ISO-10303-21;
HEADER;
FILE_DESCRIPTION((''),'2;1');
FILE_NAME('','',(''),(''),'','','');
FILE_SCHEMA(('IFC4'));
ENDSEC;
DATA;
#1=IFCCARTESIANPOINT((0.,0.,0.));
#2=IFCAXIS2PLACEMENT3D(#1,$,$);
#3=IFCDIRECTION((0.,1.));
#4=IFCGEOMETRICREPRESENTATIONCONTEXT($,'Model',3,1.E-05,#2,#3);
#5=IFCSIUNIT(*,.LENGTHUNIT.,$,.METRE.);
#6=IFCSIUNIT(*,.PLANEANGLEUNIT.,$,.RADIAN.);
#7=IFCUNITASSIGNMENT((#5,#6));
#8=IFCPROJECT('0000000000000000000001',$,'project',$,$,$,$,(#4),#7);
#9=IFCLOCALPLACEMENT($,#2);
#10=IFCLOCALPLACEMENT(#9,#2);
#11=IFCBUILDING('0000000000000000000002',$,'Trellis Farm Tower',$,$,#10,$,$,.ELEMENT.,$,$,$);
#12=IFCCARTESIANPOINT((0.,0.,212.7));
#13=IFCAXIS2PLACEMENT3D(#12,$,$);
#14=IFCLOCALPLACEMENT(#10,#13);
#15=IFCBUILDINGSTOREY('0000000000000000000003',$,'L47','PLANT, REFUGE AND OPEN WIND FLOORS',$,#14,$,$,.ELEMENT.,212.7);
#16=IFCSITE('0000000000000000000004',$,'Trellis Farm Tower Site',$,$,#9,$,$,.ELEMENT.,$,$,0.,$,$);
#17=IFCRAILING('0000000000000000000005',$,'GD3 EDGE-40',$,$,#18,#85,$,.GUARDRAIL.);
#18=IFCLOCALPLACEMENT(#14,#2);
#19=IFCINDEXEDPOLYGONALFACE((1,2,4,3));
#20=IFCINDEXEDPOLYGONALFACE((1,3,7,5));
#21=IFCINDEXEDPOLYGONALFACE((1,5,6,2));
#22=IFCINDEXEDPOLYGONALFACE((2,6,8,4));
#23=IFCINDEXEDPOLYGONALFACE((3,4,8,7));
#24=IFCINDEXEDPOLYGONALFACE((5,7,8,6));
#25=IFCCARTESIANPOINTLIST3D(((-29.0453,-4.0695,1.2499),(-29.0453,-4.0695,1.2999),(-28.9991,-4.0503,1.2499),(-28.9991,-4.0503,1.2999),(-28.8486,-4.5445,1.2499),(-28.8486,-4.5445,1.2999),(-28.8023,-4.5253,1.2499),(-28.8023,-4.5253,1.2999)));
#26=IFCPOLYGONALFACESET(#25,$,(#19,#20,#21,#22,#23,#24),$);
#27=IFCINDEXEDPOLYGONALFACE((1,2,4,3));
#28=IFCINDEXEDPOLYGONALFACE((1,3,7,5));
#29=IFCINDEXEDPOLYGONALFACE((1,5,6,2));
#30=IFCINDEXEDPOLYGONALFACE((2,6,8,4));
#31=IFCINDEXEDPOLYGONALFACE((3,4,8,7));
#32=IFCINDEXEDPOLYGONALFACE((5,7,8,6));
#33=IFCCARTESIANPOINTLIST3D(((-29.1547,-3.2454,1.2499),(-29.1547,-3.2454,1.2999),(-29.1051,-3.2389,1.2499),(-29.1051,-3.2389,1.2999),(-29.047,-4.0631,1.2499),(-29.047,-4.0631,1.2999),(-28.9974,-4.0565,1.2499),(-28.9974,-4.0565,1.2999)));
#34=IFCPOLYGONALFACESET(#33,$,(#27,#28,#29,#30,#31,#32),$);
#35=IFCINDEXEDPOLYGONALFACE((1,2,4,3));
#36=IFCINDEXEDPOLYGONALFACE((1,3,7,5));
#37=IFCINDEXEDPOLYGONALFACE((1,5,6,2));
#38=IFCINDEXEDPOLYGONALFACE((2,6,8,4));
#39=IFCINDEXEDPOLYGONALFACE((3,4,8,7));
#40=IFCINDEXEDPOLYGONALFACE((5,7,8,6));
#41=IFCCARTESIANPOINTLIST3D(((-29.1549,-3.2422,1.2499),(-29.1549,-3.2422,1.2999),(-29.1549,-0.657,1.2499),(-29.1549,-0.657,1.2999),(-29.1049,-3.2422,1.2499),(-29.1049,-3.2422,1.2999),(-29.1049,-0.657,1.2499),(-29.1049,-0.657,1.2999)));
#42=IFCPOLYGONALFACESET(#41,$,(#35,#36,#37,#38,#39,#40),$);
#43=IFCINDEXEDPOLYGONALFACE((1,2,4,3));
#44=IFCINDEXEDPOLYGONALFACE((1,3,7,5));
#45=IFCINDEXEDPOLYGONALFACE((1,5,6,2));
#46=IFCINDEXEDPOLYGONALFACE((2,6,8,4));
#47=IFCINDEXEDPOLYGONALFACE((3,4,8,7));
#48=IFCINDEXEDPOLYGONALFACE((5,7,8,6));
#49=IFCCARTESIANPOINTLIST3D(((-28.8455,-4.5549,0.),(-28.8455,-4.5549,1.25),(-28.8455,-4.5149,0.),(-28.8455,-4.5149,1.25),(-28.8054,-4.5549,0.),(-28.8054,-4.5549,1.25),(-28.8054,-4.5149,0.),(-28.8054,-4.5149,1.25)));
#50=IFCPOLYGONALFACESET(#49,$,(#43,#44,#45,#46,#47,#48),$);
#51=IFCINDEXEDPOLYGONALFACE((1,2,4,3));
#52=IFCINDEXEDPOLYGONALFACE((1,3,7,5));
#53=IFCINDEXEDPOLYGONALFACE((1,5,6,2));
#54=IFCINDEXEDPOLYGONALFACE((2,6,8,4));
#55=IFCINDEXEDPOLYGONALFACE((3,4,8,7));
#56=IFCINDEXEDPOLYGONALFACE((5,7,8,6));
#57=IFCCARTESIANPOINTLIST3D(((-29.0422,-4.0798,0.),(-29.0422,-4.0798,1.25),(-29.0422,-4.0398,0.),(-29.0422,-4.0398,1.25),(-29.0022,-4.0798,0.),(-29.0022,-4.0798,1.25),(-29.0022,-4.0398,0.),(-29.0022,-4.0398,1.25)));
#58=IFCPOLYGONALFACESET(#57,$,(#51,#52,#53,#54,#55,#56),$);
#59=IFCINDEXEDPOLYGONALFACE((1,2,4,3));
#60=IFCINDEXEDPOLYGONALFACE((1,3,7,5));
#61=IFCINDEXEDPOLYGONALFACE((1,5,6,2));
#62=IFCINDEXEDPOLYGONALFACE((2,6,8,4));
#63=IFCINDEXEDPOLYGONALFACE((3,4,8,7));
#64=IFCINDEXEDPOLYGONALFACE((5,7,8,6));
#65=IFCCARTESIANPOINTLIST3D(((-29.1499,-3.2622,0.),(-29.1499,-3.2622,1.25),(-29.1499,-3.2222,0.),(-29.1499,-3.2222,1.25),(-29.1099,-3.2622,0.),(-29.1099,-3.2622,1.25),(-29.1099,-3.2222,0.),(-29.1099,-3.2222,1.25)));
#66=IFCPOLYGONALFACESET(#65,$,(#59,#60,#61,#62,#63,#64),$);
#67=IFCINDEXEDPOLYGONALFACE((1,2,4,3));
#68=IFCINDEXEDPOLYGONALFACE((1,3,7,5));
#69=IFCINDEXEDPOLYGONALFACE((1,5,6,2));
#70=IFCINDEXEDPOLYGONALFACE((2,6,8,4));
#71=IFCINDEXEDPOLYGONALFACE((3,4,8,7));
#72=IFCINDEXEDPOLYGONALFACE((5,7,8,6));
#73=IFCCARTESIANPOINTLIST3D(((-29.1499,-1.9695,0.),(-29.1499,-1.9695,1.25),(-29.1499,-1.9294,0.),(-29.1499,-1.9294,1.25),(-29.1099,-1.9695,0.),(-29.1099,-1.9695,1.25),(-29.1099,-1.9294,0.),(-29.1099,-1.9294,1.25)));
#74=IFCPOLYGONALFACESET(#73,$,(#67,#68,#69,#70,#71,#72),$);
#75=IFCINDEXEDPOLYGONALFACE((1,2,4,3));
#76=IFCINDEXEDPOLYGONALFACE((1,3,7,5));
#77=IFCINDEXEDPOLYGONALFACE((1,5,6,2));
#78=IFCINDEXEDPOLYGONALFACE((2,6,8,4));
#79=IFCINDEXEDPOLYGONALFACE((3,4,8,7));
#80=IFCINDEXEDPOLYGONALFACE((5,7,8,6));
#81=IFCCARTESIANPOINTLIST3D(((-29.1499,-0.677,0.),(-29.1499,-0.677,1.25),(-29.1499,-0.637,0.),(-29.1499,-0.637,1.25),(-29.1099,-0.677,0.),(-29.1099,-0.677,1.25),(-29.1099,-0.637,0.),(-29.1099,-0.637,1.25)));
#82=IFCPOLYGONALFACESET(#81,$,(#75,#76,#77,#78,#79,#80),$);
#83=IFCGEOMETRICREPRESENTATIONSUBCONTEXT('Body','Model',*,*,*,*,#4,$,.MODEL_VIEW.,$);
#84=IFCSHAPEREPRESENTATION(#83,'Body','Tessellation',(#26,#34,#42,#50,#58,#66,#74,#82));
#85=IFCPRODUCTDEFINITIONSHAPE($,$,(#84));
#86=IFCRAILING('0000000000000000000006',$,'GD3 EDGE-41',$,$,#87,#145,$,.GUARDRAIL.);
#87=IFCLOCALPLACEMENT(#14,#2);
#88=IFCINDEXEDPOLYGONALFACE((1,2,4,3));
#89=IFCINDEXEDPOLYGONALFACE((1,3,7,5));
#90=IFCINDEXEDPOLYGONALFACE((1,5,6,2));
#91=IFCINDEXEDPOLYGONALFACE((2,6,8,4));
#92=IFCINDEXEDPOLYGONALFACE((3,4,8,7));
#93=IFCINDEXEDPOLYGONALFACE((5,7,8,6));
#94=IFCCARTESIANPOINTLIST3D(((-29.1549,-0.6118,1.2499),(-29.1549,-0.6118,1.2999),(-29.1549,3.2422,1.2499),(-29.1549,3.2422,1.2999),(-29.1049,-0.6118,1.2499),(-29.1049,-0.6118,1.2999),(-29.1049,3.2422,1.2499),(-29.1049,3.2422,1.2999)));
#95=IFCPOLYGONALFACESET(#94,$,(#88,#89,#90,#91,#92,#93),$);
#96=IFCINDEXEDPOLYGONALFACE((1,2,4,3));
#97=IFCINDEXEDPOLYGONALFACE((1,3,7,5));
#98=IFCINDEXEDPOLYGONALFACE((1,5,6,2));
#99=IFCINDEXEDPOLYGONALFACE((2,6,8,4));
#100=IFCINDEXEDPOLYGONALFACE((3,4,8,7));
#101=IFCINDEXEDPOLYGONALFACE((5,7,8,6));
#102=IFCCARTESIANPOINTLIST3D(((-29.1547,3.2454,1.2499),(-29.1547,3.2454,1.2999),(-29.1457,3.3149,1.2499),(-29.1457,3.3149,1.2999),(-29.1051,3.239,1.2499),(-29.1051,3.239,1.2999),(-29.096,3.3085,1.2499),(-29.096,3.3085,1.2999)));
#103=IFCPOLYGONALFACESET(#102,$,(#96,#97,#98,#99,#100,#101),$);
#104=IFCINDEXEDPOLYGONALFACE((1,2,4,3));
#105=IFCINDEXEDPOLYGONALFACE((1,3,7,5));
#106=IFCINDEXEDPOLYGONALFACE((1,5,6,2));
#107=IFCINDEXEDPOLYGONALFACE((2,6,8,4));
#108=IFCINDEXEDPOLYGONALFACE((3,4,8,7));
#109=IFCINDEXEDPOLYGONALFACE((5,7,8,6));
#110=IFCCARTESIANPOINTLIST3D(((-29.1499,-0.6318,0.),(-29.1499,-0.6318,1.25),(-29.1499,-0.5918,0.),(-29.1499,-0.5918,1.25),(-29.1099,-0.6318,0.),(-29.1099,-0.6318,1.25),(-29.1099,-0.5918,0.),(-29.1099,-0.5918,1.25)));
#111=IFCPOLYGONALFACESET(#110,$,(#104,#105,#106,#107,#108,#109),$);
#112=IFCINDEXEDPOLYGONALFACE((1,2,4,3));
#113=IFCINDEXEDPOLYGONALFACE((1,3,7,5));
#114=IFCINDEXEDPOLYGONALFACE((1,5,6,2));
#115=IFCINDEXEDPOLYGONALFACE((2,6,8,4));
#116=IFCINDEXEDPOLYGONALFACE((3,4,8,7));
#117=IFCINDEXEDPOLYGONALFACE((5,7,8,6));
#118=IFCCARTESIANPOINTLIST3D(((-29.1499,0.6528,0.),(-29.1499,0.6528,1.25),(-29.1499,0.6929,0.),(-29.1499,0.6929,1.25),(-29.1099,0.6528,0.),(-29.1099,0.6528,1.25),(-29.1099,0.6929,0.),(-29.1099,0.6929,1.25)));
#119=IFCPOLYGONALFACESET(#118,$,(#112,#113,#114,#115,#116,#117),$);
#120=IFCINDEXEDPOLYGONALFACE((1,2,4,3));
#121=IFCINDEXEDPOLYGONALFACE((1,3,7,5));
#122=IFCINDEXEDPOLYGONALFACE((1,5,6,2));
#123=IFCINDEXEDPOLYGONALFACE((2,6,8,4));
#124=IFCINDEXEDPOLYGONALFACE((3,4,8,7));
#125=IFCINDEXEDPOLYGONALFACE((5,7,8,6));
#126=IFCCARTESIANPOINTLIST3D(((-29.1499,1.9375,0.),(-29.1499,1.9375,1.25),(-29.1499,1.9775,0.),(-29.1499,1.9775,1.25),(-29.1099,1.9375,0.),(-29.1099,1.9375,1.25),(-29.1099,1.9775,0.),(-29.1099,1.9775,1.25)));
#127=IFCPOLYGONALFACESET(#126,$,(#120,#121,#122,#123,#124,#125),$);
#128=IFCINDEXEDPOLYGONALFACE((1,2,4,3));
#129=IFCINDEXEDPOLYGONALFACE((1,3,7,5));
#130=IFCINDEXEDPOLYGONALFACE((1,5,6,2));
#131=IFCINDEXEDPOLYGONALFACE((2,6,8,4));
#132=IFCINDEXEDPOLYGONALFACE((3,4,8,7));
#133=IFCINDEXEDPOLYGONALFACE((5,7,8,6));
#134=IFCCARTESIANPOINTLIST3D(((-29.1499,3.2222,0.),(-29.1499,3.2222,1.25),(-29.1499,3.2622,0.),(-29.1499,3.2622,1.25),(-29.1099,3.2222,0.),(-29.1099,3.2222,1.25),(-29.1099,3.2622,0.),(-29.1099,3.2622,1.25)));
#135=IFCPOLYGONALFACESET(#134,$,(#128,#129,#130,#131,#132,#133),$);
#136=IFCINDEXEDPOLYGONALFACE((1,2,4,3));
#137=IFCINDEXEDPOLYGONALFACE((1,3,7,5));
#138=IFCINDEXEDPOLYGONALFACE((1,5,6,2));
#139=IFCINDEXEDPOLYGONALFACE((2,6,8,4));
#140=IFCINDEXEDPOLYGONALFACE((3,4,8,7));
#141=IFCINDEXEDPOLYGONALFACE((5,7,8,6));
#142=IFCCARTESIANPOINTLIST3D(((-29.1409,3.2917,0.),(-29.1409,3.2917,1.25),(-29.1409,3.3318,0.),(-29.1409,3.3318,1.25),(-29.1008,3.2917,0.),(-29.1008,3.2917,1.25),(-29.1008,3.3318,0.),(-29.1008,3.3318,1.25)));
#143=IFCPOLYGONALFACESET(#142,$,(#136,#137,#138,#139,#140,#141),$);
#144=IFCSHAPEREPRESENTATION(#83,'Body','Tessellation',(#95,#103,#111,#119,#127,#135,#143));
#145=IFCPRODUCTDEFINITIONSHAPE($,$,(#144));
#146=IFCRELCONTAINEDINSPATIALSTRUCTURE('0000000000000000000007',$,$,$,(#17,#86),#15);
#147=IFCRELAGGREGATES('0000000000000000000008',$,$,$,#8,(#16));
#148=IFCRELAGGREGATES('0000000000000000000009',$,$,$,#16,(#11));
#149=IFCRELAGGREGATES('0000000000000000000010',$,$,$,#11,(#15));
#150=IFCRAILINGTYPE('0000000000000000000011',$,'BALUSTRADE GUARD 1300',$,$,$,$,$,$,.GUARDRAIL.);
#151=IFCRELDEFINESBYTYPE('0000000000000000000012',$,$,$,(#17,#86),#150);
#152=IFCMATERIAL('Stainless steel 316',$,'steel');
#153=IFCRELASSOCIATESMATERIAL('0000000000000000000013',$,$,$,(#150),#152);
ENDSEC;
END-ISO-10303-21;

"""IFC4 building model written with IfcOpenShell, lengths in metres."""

from ifc_helpers import new_model, si_unit, direction, frame, origin, origin_2d, place, context, subcontext, project, spatial, rectangle, extrude, material, type_object, element, save


model = new_model("IFC4")

# Units and contexts
model_context = context("Model", 3, precision=1e-05, world=origin(), true_north=direction((0.0, 1.0)))
body_context = subcontext(model_context, "Body", "Model", "MODEL_VIEW")
ifc_project = project(units=[si_unit("LENGTHUNIT", "METRE"), si_unit("PLANEANGLEUNIT", "RADIAN")], contexts=[model_context])

# Site, building, storey
site_placement = place(None, origin())
site = spatial("IfcSite", under=ifc_project, at=site_placement, Name="Trellis Farm Tower Site", CompositionType="ELEMENT", RefElevation=0.0)
building_placement = place(site_placement, origin())
building = spatial("IfcBuilding", under=site, at=building_placement, Name="Trellis Farm Tower", CompositionType="ELEMENT")
storey_placement = place(building_placement, frame((0.0, 0.0, 212.7)))
storey = spatial("IfcBuildingStorey", under=building, at=storey_placement, Name="L47", Description="PLANT, REFUGE AND OPEN WIND FLOORS", CompositionType="ELEMENT", Elevation=212.7)

# Railings
ifc_material_1 = material(Name="Stainless steel 316", Category="steel")
railing_type_1 = type_object("IfcRailingType", Name="BALUSTRADE GUARD 1300", PredefinedType="GUARDRAIL", material=ifc_material_1)
railing_1_placement = place(storey_placement, frame((-28.8254, -4.5349, 0.0)))
element("IfcRailing", 1, at=railing_1_placement, inside=storey, type_object=railing_type_1, Name="GD3 EDGE-40", PredefinedType="GUARDRAIL", context=body_context, shape_type="SweptSolid", body=[
    extrude(rectangle(XDim=0.05, YDim=0.05, at=origin_2d()), frame((0.0, 0.0, 1.2749), z_axis=(-0.382659, 0.92389, 0.0), x_axis=(-0.92389, -0.382659, 0.0)), (0.0, 0.0, 1.0), 0.5142),
    extrude(rectangle(XDim=0.05, YDim=0.05, at=origin_2d()), frame((-0.1968, 0.4751, 1.2749), z_axis=(-0.130554, 0.991441, 0.0), x_axis=(-0.991441, -0.130554, 0.0)), (0.0, 0.0, 1.0), 0.8247),
    extrude(rectangle(XDim=0.05, YDim=0.05, at=origin_2d()), frame((-0.3044, 1.2927, 1.2749), z_axis=(0.0, 1.0, 0.0), x_axis=(-1.0, 0.0, 0.0)), (0.0, 0.0, 1.0), 2.5852),
    extrude(rectangle(XDim=0.04, YDim=0.04, at=origin_2d()), origin(), (0.0, 0.0, 1.0), 1.25),
    extrude(rectangle(XDim=0.04, YDim=0.04, at=origin_2d()), frame((-0.1968, 0.4751, 0.0)), (0.0, 0.0, 1.0), 1.25),
    extrude(rectangle(XDim=0.04, YDim=0.04, at=origin_2d()), frame((-0.3044, 1.2927, 0.0)), (0.0, 0.0, 1.0), 1.25),
    extrude(rectangle(XDim=0.04, YDim=0.04, at=origin_2d()), frame((-0.3044, 2.5854, 0.0)), (0.0, 0.0, 1.0), 1.25),
    extrude(rectangle(XDim=0.04, YDim=0.04, at=origin_2d()), frame((-0.3044, 3.8779, 0.0)), (0.0, 0.0, 1.0), 1.25),
])
railing_2_placement = place(storey_placement, frame((-29.1299, -0.6118, 0.0)))
element("IfcRailing", 2, at=railing_2_placement, inside=storey, type_object=railing_type_1, Name="GD3 EDGE-41", PredefinedType="GUARDRAIL", context=body_context, shape_type="SweptSolid", body=[
    extrude(rectangle(XDim=0.05, YDim=0.05, at=origin_2d()), frame((0.0, 0.0, 1.2749), z_axis=(0.0, 1.0, 0.0), x_axis=(-1.0, 0.0, 0.0)), (0.0, 0.0, 1.0), 3.854),
    extrude(rectangle(XDim=0.05, YDim=0.05, at=origin_2d()), frame((0.0, 3.854, 1.2749), z_axis=(0.128744, 0.991678, 0.0), x_axis=(-0.991678, 0.128744, 0.0)), (0.0, 0.0, 1.0), 0.0701),
    extrude(rectangle(XDim=0.04, YDim=0.04, at=origin_2d()), origin(), (0.0, 0.0, 1.0), 1.25),
    extrude(rectangle(XDim=0.04, YDim=0.04, at=origin_2d()), frame((0.0, 1.2847, 0.0)), (0.0, 0.0, 1.0), 1.25),
    extrude(rectangle(XDim=0.04, YDim=0.04, at=origin_2d()), frame((0.0, 2.5693, 0.0)), (0.0, 0.0, 1.0), 1.25),
    extrude(rectangle(XDim=0.04, YDim=0.04, at=origin_2d()), frame((0.0, 3.854, 0.0)), (0.0, 0.0, 1.0), 1.25),
    extrude(rectangle(XDim=0.04, YDim=0.04, at=origin_2d()), frame((0.009, 3.9236, 0.0)), (0.0, 0.0, 1.0), 1.25),
])

save(model, "model.ifc")
